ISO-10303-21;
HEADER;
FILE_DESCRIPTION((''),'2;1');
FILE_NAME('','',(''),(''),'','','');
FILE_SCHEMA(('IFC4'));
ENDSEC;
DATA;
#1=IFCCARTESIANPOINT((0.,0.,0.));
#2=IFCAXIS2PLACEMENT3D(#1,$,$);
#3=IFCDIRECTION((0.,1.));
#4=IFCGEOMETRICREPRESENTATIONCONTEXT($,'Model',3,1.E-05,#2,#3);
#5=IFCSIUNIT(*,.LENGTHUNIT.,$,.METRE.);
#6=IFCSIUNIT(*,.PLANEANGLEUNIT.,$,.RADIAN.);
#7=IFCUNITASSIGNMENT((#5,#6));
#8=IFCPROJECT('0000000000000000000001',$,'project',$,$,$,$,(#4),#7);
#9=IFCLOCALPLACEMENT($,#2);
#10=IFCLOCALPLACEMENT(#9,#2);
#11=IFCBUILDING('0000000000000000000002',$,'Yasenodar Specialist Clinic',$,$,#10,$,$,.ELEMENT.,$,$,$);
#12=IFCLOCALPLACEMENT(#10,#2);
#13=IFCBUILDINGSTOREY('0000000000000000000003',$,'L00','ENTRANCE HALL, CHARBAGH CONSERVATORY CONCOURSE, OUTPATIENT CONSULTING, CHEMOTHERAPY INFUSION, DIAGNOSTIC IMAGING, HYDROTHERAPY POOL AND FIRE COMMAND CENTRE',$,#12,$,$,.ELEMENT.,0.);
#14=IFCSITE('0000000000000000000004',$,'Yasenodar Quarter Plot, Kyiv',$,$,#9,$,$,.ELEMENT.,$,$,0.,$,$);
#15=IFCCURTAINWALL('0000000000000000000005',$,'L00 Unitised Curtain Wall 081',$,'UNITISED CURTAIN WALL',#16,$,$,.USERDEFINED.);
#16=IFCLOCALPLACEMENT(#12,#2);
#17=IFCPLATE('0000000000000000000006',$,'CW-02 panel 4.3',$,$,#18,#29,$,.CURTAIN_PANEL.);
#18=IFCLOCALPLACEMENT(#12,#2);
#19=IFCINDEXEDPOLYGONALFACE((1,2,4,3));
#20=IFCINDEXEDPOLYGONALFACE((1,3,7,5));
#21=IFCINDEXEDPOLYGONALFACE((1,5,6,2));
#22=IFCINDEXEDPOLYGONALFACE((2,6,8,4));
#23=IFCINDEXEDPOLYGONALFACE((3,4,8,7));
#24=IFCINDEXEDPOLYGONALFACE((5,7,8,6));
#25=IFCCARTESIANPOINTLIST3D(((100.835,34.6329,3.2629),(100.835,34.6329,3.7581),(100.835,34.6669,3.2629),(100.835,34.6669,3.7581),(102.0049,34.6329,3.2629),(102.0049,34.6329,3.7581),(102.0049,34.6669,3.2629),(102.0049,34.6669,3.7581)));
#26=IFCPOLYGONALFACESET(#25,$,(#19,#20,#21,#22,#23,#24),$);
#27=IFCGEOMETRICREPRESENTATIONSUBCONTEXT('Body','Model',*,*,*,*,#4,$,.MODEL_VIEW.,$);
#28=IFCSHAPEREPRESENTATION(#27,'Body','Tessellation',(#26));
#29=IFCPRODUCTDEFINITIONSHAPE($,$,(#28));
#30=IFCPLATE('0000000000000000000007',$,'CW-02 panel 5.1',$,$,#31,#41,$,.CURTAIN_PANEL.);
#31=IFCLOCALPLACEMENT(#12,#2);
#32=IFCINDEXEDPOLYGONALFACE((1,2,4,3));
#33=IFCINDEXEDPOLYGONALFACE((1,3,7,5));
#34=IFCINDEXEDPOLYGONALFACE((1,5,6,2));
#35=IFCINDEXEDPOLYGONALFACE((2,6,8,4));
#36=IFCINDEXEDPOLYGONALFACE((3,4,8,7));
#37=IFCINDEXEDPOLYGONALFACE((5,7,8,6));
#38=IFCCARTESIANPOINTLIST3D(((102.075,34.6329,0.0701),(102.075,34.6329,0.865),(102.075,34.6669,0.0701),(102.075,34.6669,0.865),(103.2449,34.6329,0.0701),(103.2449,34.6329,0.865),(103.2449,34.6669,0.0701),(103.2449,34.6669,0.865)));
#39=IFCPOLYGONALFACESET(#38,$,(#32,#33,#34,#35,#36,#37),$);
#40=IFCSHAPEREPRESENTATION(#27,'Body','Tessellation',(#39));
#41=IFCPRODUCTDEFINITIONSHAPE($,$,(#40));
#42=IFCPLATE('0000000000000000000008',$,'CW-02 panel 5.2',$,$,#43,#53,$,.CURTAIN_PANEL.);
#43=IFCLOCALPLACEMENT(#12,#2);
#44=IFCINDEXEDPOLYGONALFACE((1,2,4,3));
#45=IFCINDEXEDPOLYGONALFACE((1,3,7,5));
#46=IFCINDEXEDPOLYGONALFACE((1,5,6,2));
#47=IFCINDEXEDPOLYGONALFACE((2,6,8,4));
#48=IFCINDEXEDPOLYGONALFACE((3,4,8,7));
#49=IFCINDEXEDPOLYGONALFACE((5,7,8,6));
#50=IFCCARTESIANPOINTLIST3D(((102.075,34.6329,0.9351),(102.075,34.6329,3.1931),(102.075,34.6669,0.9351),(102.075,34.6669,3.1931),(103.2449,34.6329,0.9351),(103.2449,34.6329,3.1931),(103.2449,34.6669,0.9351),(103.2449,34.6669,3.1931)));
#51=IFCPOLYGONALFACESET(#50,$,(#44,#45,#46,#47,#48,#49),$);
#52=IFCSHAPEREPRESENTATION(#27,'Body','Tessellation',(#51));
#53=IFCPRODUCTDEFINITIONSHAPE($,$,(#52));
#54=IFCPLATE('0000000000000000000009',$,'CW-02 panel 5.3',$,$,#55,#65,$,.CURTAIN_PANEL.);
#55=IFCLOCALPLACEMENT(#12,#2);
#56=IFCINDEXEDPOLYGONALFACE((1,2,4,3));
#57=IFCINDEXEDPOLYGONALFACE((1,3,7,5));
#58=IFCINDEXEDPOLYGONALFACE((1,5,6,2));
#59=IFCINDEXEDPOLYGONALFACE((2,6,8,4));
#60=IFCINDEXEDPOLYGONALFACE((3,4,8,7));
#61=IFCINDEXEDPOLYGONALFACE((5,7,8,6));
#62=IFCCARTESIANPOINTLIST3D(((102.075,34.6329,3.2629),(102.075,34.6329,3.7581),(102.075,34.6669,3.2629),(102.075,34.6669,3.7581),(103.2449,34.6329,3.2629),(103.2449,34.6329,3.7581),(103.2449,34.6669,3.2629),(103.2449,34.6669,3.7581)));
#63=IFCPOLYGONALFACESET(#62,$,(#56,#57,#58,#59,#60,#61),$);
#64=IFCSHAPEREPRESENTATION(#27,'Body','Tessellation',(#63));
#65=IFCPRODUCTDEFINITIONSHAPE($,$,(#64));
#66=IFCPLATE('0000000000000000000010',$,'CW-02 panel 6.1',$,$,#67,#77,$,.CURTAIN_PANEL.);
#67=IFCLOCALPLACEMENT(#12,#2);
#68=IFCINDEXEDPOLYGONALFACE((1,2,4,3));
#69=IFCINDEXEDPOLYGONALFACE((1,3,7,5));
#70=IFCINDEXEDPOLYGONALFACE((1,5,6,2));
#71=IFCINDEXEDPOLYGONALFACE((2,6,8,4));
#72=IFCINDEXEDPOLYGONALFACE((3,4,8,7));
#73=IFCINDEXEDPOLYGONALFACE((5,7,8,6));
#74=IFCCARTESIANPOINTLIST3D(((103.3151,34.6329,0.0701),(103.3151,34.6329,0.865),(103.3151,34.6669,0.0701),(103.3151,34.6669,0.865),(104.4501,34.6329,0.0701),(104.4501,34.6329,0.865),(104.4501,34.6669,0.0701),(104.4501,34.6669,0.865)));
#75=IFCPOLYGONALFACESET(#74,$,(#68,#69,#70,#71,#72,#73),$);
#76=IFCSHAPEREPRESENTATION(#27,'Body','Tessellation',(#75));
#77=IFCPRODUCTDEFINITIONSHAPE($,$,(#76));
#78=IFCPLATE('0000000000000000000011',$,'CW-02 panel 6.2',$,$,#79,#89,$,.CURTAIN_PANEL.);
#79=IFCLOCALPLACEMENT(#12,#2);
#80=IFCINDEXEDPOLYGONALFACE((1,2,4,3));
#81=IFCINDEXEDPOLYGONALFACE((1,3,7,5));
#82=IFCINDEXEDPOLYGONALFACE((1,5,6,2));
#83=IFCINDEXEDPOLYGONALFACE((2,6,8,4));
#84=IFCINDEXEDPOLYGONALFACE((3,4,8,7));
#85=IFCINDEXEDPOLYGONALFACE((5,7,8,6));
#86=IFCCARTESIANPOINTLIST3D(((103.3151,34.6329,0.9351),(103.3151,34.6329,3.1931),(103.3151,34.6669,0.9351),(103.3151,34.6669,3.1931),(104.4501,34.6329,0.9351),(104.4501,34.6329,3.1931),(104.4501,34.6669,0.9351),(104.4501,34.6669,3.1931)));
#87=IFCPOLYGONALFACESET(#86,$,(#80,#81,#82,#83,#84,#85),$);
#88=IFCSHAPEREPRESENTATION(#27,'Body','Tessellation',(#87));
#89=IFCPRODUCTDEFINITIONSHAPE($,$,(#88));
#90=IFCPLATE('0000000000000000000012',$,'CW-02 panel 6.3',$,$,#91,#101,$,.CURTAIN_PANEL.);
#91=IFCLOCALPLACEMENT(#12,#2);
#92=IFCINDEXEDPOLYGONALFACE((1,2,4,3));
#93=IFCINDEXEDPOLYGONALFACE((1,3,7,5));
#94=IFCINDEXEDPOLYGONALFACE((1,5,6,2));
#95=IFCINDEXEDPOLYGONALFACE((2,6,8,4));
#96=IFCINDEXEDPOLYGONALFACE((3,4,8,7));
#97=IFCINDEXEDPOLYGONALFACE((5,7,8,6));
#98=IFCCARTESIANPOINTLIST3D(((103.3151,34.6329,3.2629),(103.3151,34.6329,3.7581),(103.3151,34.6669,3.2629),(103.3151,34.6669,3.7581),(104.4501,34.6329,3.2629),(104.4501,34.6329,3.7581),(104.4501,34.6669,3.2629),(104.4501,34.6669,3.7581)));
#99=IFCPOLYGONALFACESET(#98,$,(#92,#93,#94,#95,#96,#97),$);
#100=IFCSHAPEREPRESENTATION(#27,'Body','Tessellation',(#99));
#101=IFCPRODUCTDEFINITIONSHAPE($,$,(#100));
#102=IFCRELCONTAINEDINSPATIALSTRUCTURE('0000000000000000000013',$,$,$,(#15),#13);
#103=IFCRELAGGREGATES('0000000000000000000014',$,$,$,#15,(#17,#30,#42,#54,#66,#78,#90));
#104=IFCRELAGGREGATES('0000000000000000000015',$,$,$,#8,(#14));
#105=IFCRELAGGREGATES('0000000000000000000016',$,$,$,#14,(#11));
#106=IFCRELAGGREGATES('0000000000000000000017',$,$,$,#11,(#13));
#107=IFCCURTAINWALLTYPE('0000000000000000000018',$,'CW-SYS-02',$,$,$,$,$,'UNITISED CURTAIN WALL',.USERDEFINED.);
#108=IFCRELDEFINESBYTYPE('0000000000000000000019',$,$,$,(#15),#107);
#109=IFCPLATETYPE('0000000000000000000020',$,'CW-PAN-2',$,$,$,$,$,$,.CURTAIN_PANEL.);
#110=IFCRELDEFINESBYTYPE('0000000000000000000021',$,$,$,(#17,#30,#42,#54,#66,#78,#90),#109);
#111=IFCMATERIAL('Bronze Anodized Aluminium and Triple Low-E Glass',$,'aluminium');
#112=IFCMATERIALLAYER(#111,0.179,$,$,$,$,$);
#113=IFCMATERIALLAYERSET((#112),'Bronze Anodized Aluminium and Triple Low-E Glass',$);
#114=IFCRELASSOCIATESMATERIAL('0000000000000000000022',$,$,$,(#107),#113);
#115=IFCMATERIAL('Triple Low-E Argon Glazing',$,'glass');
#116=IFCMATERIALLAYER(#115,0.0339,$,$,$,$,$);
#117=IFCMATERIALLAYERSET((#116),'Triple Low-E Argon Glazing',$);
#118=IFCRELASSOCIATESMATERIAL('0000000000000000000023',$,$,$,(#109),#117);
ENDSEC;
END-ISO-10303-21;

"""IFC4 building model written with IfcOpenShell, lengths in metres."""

from ifc_helpers import new_model, si_unit, direction, frame, origin, origin_2d, place, context, subcontext, project, spatial, rectangle, extrude, material, layer, layer_set, type_object, element, aggregate, save


model = new_model("IFC4")

# Units and contexts
model_context = context("Model", 3, precision=1e-05, world=origin(), true_north=direction((0.0, 1.0)))
body_context = subcontext(model_context, "Body", "Model", "MODEL_VIEW")
ifc_project = project(units=[si_unit("LENGTHUNIT", "METRE"), si_unit("PLANEANGLEUNIT", "RADIAN")], contexts=[model_context])

# Site, building, storey
site_placement = place(None, origin())
site = spatial("IfcSite", under=ifc_project, at=site_placement, Name="Yasenodar Quarter Plot, Kyiv", CompositionType="ELEMENT", RefElevation=0.0)
building_placement = place(site_placement, origin())
building = spatial("IfcBuilding", under=site, at=building_placement, Name="Yasenodar Specialist Clinic", CompositionType="ELEMENT")
storey_placement = place(building_placement, origin())
storey = spatial("IfcBuildingStorey", under=building, at=storey_placement, Name="L00", Description="ENTRANCE HALL, CHARBAGH CONSERVATORY CONCOURSE, OUTPATIENT CONSULTING, CHEMOTHERAPY INFUSION, DIAGNOSTIC IMAGING, HYDROTHERAPY POOL AND FIRE COMMAND CENTRE", CompositionType="ELEMENT", Elevation=0.0)

# Curtain wall, plates
ifc_material_1 = material(Name="Bronze Anodized Aluminium and Triple Low-E Glass", Category="aluminium")
ifc_layer_1 = layer(ifc_material_1, 0.179)
ifc_layer_set_1 = layer_set([ifc_layer_1], Name="Bronze Anodized Aluminium and Triple Low-E Glass")
curtain_wall_type = type_object("IfcCurtainWallType", Name="CW-SYS-02", ElementType="UNITISED CURTAIN WALL", PredefinedType="USERDEFINED", material=ifc_layer_set_1)
curtain_wall_placement = place(storey_placement, origin())
curtain_wall = element("IfcCurtainWall", 1, at=curtain_wall_placement, inside=storey, type_object=curtain_wall_type, Name="L00 Unitised Curtain Wall 081", ObjectType="UNITISED CURTAIN WALL", PredefinedType="USERDEFINED")
ifc_material_2 = material(Name="Triple Low-E Argon Glazing", Category="glass")
ifc_layer_2 = layer(ifc_material_2, 0.0339)
ifc_layer_set_2 = layer_set([ifc_layer_2], Name="Triple Low-E Argon Glazing")
plate_type = type_object("IfcPlateType", Name="CW-PAN-2", PredefinedType="CURTAIN_PANEL", material=ifc_layer_set_2)
plate_1_placement = place(storey_placement, frame((101.4199, 34.6499, 3.2629), z_axis=(0.0, 0.0, 1.0), x_axis=(1.0, 0.0, 0.0)))
plate_1 = element("IfcPlate", 2, at=plate_1_placement, type_object=plate_type, Name="CW-02 panel 4.3", PredefinedType="CURTAIN_PANEL", context=body_context, shape_type="SweptSolid", body=[
    extrude(rectangle(XDim=1.1699, YDim=0.0339, at=origin_2d()), origin(), (0.0, 0.0, 1.0), 0.4951),
])
plate_2_placement = place(storey_placement, frame((102.6599, 34.6499, 0.0701), z_axis=(0.0, 0.0, 1.0), x_axis=(1.0, 0.0, 0.0)))
plate_2 = element("IfcPlate", 3, at=plate_2_placement, type_object=plate_type, Name="CW-02 panel 5.1", PredefinedType="CURTAIN_PANEL", context=body_context, shape_type="SweptSolid", body=[
    extrude(rectangle(XDim=1.1699, YDim=0.0339, at=origin_2d()), origin(), (0.0, 0.0, 1.0), 0.7949),
])
plate_3_placement = place(storey_placement, frame((102.6599, 34.6499, 0.9351), z_axis=(0.0, 0.0, 1.0), x_axis=(1.0, 0.0, 0.0)))
plate_3 = element("IfcPlate", 4, at=plate_3_placement, type_object=plate_type, Name="CW-02 panel 5.2", PredefinedType="CURTAIN_PANEL", context=body_context, shape_type="SweptSolid", body=[
    extrude(rectangle(XDim=1.1699, YDim=0.0339, at=origin_2d()), origin(), (0.0, 0.0, 1.0), 2.2581),
])
plate_4_placement = place(storey_placement, frame((102.6599, 34.6499, 3.2629), z_axis=(0.0, 0.0, 1.0), x_axis=(1.0, 0.0, 0.0)))
plate_4 = element("IfcPlate", 5, at=plate_4_placement, type_object=plate_type, Name="CW-02 panel 5.3", PredefinedType="CURTAIN_PANEL", context=body_context, shape_type="SweptSolid", body=[
    extrude(rectangle(XDim=1.1699, YDim=0.0339, at=origin_2d()), origin(), (0.0, 0.0, 1.0), 0.4951),
])
plate_5_placement = place(storey_placement, frame((103.8826, 34.6499, 0.0701), z_axis=(0.0, 0.0, 1.0), x_axis=(1.0, 0.0, 0.0)))
plate_5 = element("IfcPlate", 6, at=plate_5_placement, type_object=plate_type, Name="CW-02 panel 6.1", PredefinedType="CURTAIN_PANEL", context=body_context, shape_type="SweptSolid", body=[
    extrude(rectangle(XDim=1.135, YDim=0.0339, at=origin_2d()), origin(), (0.0, 0.0, 1.0), 0.7949),
])
plate_6_placement = place(storey_placement, frame((103.8826, 34.6499, 0.9351), z_axis=(0.0, 0.0, 1.0), x_axis=(1.0, 0.0, 0.0)))
plate_6 = element("IfcPlate", 7, at=plate_6_placement, type_object=plate_type, Name="CW-02 panel 6.2", PredefinedType="CURTAIN_PANEL", context=body_context, shape_type="SweptSolid", body=[
    extrude(rectangle(XDim=1.135, YDim=0.0339, at=origin_2d()), origin(), (0.0, 0.0, 1.0), 2.2581),
])
plate_7_placement = place(storey_placement, frame((103.8826, 34.6499, 3.2629), z_axis=(0.0, 0.0, 1.0), x_axis=(1.0, 0.0, 0.0)))
plate_7 = element("IfcPlate", 8, at=plate_7_placement, type_object=plate_type, Name="CW-02 panel 6.3", PredefinedType="CURTAIN_PANEL", context=body_context, shape_type="SweptSolid", body=[
    extrude(rectangle(XDim=1.135, YDim=0.0339, at=origin_2d()), origin(), (0.0, 0.0, 1.0), 0.4951),
])
aggregate(curtain_wall, [plate_1, plate_2, plate_3, plate_4, plate_5, plate_6, plate_7])

save(model, "model.ifc")
